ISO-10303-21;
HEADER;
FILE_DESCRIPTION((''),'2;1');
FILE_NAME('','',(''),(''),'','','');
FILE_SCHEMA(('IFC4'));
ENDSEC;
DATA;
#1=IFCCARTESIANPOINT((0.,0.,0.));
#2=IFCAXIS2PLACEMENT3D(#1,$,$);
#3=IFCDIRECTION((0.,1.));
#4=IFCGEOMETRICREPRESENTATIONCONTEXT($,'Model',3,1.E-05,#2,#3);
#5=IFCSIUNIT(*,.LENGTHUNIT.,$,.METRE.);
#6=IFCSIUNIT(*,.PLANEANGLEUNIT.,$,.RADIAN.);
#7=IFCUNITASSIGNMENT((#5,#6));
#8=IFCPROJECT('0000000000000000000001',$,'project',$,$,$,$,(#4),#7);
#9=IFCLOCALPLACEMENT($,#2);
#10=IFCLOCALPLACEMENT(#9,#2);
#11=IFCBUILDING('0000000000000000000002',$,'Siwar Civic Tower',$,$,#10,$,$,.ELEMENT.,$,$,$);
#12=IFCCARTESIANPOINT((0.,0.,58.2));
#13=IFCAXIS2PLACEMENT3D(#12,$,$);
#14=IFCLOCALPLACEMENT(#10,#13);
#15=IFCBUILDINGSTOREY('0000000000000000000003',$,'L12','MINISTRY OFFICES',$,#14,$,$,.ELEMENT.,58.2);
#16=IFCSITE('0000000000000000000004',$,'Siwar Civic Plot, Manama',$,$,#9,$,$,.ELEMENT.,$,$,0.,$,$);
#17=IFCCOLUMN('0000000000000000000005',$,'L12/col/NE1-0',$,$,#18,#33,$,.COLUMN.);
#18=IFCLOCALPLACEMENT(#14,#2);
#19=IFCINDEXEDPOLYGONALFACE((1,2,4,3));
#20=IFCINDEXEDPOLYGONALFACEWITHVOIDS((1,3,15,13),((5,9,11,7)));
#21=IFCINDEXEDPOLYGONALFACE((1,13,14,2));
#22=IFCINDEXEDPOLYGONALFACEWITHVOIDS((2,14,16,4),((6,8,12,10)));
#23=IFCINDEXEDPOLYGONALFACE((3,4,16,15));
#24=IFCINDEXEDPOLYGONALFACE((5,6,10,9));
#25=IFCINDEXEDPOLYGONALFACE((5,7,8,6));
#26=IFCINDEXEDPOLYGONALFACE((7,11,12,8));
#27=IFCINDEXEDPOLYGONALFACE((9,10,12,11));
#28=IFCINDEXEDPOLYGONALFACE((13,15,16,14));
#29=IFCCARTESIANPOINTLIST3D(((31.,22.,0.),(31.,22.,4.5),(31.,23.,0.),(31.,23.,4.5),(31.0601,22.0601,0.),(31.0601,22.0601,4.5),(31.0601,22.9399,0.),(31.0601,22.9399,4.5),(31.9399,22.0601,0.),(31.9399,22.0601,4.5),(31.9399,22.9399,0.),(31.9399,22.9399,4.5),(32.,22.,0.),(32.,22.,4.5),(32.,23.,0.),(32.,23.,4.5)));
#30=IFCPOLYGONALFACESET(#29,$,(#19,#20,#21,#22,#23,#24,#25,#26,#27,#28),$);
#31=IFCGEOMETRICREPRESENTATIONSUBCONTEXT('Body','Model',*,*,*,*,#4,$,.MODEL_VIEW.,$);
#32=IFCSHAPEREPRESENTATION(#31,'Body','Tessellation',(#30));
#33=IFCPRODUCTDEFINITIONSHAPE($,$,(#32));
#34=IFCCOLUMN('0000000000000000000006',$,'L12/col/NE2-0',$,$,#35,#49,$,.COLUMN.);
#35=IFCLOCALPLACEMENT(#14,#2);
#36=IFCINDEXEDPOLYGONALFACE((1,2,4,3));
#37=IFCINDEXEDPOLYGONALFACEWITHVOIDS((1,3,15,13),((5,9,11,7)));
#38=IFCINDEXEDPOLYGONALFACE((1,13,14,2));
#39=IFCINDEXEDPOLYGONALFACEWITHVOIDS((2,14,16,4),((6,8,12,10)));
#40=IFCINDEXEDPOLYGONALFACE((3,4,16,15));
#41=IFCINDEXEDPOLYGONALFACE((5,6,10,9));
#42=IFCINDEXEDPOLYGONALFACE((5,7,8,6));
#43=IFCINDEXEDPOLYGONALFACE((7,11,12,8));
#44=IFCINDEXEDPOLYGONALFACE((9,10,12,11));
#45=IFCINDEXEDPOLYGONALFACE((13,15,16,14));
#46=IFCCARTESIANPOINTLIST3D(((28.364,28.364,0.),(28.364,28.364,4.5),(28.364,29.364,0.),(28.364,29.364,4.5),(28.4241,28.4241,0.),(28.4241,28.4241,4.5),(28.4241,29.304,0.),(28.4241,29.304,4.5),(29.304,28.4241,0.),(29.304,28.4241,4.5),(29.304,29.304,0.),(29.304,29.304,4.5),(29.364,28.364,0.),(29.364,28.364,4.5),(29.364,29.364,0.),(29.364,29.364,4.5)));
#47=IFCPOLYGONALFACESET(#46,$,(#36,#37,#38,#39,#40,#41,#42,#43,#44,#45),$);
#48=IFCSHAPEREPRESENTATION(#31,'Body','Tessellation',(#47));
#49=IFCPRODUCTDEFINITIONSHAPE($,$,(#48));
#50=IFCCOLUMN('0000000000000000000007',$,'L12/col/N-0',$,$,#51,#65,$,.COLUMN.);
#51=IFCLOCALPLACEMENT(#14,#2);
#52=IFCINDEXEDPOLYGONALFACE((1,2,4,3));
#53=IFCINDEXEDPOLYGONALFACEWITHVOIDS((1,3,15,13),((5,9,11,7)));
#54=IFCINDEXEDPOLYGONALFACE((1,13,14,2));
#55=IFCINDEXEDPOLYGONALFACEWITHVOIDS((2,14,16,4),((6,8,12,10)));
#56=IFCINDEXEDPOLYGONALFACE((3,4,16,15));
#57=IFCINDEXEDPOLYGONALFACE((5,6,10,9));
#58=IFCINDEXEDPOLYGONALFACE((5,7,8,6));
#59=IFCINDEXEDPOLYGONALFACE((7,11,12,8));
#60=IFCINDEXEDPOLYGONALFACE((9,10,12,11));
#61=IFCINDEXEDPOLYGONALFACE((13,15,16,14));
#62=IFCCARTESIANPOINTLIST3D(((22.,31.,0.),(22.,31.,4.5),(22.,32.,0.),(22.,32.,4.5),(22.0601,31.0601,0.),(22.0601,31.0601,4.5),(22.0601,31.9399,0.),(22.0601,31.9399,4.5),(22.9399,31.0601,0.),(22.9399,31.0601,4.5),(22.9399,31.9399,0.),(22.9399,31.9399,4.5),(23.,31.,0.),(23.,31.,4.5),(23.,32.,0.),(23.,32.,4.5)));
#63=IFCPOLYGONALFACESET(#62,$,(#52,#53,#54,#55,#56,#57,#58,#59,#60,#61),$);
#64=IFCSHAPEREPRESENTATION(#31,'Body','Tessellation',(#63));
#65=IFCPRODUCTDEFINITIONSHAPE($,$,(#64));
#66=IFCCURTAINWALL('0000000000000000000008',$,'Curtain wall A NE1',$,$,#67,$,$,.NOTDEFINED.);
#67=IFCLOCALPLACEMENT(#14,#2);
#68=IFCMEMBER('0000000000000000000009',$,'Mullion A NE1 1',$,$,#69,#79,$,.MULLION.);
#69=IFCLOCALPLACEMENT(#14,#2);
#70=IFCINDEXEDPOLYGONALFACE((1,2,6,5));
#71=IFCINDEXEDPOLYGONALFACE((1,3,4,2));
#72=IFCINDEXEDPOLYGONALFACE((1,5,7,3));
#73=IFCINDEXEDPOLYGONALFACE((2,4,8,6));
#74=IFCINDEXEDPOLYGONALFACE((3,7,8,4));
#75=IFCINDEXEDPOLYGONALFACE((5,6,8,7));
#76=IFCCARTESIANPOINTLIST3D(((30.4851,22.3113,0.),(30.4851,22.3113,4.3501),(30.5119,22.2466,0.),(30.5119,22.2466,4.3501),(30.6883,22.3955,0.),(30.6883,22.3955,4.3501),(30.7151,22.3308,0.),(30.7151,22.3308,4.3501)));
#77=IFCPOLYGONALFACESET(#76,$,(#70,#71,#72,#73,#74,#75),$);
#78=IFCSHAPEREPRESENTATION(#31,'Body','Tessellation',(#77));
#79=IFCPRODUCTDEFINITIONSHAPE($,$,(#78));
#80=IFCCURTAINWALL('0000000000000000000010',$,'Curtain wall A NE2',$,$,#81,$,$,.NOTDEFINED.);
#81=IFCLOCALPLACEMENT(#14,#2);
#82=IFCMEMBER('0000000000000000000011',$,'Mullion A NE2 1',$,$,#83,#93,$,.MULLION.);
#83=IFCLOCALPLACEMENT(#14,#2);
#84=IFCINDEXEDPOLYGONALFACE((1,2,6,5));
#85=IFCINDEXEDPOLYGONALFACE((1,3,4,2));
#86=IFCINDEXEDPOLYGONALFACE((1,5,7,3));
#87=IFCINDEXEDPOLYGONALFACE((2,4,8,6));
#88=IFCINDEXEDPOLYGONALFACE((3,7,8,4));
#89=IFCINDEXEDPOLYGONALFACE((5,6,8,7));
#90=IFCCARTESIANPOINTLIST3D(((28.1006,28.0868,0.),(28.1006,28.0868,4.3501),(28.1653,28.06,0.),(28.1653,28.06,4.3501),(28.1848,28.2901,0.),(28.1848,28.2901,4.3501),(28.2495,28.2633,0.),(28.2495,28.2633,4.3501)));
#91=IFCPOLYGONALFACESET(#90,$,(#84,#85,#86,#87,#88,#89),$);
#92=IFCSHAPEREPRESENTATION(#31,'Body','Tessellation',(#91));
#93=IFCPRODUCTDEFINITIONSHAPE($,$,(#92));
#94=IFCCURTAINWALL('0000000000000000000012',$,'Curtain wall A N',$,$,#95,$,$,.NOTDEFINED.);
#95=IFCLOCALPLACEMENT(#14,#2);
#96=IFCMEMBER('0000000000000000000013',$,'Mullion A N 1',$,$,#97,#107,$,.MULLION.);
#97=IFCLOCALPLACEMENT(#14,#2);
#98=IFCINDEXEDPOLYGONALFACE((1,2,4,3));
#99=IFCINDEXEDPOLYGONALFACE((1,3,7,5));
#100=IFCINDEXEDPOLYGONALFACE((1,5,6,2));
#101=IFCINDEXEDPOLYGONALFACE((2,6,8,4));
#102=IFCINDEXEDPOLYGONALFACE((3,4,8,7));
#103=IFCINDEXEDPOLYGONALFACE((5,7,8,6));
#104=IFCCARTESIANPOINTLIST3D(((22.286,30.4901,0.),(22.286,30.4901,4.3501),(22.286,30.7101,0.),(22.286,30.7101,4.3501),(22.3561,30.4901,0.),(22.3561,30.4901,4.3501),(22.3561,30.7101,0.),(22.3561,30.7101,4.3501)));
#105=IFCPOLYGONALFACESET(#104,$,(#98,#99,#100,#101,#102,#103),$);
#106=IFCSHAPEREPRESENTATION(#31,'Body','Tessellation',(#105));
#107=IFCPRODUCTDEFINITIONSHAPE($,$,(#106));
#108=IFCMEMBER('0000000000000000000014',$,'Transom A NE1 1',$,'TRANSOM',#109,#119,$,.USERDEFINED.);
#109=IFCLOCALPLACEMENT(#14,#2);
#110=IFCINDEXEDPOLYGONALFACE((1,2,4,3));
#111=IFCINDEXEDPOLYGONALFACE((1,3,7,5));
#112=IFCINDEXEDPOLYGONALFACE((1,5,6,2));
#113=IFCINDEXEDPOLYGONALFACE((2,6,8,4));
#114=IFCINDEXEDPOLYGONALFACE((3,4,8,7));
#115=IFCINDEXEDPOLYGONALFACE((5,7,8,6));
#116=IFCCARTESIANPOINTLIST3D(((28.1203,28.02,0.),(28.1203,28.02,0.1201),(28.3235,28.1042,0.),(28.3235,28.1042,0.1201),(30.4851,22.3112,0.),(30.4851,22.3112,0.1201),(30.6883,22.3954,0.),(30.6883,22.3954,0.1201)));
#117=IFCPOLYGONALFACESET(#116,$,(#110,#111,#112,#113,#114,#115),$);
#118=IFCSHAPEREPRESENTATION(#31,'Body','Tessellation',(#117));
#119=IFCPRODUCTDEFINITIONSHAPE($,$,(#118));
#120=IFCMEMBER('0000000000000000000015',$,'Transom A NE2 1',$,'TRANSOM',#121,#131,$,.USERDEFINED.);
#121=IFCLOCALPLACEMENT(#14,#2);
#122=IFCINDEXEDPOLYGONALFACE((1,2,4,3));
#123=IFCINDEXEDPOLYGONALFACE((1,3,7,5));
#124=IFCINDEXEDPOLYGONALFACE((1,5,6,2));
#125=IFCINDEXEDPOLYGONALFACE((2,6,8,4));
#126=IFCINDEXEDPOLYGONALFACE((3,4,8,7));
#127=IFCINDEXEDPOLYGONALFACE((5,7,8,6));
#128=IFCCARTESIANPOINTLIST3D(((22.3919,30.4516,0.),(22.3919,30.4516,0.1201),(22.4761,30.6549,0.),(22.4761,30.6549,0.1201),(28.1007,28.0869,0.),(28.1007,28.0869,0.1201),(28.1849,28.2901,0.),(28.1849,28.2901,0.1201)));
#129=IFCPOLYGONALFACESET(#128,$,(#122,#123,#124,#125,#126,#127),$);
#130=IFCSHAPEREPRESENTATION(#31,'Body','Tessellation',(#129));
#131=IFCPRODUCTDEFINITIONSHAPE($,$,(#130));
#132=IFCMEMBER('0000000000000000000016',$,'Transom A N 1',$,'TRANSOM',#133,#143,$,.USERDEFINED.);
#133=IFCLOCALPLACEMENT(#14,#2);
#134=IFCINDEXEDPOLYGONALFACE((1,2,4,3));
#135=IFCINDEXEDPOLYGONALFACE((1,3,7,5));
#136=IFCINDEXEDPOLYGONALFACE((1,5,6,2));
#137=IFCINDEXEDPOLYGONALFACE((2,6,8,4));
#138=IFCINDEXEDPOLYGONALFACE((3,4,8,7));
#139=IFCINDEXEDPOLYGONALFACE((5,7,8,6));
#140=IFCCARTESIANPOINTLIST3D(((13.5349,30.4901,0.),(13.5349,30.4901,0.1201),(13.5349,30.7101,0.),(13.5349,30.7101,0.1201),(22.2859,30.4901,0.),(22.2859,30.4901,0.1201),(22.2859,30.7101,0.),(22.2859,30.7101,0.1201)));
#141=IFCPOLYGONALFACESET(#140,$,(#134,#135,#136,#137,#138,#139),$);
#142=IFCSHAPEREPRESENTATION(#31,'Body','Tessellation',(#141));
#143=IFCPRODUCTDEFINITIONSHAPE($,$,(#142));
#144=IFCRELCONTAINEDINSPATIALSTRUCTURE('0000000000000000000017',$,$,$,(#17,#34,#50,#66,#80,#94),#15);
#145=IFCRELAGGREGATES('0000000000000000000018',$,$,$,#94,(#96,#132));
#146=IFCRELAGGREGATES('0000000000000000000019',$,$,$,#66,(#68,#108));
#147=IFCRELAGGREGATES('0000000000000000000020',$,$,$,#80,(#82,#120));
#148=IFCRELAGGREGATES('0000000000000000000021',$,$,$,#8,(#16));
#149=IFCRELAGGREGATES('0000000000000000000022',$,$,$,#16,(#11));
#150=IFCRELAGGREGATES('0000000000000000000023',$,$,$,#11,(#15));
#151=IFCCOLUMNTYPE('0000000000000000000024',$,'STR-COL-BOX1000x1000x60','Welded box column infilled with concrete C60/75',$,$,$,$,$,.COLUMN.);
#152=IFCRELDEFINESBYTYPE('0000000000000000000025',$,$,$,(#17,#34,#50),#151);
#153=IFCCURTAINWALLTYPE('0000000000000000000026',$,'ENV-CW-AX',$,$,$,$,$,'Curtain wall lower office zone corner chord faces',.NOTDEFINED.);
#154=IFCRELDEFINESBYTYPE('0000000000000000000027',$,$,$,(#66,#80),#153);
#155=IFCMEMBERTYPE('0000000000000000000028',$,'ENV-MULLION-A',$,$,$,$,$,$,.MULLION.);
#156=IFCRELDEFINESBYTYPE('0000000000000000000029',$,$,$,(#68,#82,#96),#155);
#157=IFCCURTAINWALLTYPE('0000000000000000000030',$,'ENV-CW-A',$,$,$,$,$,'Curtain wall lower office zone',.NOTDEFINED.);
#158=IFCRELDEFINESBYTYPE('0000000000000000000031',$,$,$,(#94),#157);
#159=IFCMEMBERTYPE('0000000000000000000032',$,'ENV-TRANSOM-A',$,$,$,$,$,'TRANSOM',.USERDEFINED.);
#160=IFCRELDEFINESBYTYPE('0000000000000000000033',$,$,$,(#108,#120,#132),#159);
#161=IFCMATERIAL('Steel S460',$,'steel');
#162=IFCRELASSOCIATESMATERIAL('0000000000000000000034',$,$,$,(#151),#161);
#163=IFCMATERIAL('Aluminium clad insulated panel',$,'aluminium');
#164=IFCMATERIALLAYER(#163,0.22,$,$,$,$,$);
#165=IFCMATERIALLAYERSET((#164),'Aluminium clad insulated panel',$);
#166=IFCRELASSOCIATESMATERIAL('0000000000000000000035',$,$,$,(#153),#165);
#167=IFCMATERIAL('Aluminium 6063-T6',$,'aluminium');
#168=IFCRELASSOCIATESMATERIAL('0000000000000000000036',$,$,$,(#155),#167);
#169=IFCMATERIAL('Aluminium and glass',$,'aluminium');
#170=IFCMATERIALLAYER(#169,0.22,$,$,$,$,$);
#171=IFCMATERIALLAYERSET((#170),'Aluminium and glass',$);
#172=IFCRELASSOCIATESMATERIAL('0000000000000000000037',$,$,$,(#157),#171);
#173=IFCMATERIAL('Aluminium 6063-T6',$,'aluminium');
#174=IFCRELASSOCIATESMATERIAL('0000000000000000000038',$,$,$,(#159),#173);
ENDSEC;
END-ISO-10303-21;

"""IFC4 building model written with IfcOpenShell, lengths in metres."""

from ifc_helpers import new_model, si_unit, direction, frame, origin, origin_2d, place, context, subcontext, project, spatial, rectangle, hollow_rectangle, extrude, material, layer, layer_set, material_profile, profile_set, type_object, element, aggregate, save


model = new_model("IFC4")

# Units and contexts
model_context = context("Model", 3, precision=1e-05, world=origin(), true_north=direction((0.0, 1.0)))
body_context = subcontext(model_context, "Body", "Model", "MODEL_VIEW")
ifc_project = project(units=[si_unit("LENGTHUNIT", "METRE"), si_unit("PLANEANGLEUNIT", "RADIAN")], contexts=[model_context])

# Site, building, storey
site_placement = place(None, origin())
site = spatial("IfcSite", under=ifc_project, at=site_placement, Name="Siwar Civic Plot, Manama", CompositionType="ELEMENT", RefElevation=0.0)
building_placement = place(site_placement, origin())
building = spatial("IfcBuilding", under=site, at=building_placement, Name="Siwar Civic Tower", CompositionType="ELEMENT")
storey_placement = place(building_placement, frame((0.0, 0.0, 58.2)))
storey = spatial("IfcBuildingStorey", under=building, at=storey_placement, Name="L12", Description="MINISTRY OFFICES", CompositionType="ELEMENT", Elevation=58.2)

# Columns
ifc_material_1 = material(Name="Steel S460", Category="steel")
ifc_material_profile_1 = material_profile(ifc_material_1, hollow_rectangle(XDim=1.0, YDim=1.0, WallThickness=0.0601, at=origin_2d()), Name="BOX1000x1000x60")
ifc_profile_set_1 = profile_set([ifc_material_profile_1], Name="Steel S460")
column_type = type_object("IfcColumnType", Name="STR-COL-BOX1000x1000x60", Description="Welded box column infilled with concrete C60/75", PredefinedType="COLUMN", material=ifc_profile_set_1)
for number, where, z_axis, x_axis, name in (
    (1, (31.5, 22.5, 0.0), (0.0, 0.0, 1.0), (1.0, 0.0, 0.0), "L12/col/NE1-0"),
    (2, (28.864, 28.864, 0.0), (0.0, 0.0, 1.0), (1.0, 0.0, 0.0), "L12/col/NE2-0"),
    (3, (22.5, 31.5, 0.0), (0.0, 0.0, 1.0), (1.0, 0.0, 0.0), "L12/col/N-0"),
):
    element("IfcColumn", number, at=place(storey_placement, frame(where, z_axis=z_axis, x_axis=x_axis)), inside=storey, type_object=column_type, Name=name, PredefinedType="COLUMN", context=body_context, shape_type="SweptSolid", body=[
        extrude(hollow_rectangle(XDim=1.0, YDim=1.0, WallThickness=0.0601, at=origin_2d()), origin(), (0.0, 0.0, 1.0), 4.5),
    ])

# Curtain walls, members
ifc_material_2 = material(Name="Aluminium clad insulated panel", Category="aluminium")
ifc_layer_1 = layer(ifc_material_2, 0.22)
ifc_layer_set_1 = layer_set([ifc_layer_1], Name="Aluminium clad insulated panel")
curtain_wall_type_1 = type_object("IfcCurtainWallType", Name="ENV-CW-AX", ElementType="Curtain wall lower office zone corner chord faces", PredefinedType="NOTDEFINED", material=ifc_layer_set_1)
curtain_wall_1_placement = place(storey_placement, origin())
curtain_wall_1 = element("IfcCurtainWall", 4, at=curtain_wall_1_placement, inside=storey, type_object=curtain_wall_type_1, Name="Curtain wall A NE1", PredefinedType="NOTDEFINED")
ifc_material_3 = material(Name="Aluminium 6063-T6", Category="aluminium")
ifc_material_profile_2 = material_profile(ifc_material_3, rectangle(XDim=0.22, YDim=0.0701, at=origin_2d()), Name="AL 220x70")
ifc_profile_set_2 = profile_set([ifc_material_profile_2], Name="Aluminium 6063-T6")
member_type_1 = type_object("IfcMemberType", Name="ENV-MULLION-A", PredefinedType="MULLION", material=ifc_profile_set_2)
member_1_placement = place(storey_placement, frame((30.6001, 22.321, 0.0), z_axis=(0.0, 0.0, 1.0), x_axis=(-0.92388, -0.382683, 0.0)))
member_1 = element("IfcMember", 5, at=member_1_placement, type_object=member_type_1, Name="Mullion A NE1 1", PredefinedType="MULLION", context=body_context, shape_type="SweptSolid", body=[
    extrude(rectangle(XDim=0.22, YDim=0.0701, at=origin_2d()), origin(), (0.0, 0.0, 1.0), 4.3501),
])
curtain_wall_2_placement = place(storey_placement, origin())
curtain_wall_2 = element("IfcCurtainWall", 6, at=curtain_wall_2_placement, inside=storey, type_object=curtain_wall_type_1, Name="Curtain wall A NE2", PredefinedType="NOTDEFINED")
member_2_placement = place(storey_placement, frame((28.175, 28.175, 0.0), z_axis=(0.0, 0.0, 1.0), x_axis=(-0.382683, -0.92388, 0.0)))
member_2 = element("IfcMember", 7, at=member_2_placement, type_object=member_type_1, Name="Mullion A NE2 1", PredefinedType="MULLION", context=body_context, shape_type="SweptSolid", body=[
    extrude(rectangle(XDim=0.22, YDim=0.0701, at=origin_2d()), origin(), (0.0, 0.0, 1.0), 4.3501),
])
ifc_material_4 = material(Name="Aluminium and glass", Category="aluminium")
ifc_layer_2 = layer(ifc_material_4, 0.22)
ifc_layer_set_2 = layer_set([ifc_layer_2], Name="Aluminium and glass")
curtain_wall_type_2 = type_object("IfcCurtainWallType", Name="ENV-CW-A", ElementType="Curtain wall lower office zone", PredefinedType="NOTDEFINED", material=ifc_layer_set_2)
curtain_wall_3_placement = place(storey_placement, origin())
curtain_wall_3 = element("IfcCurtainWall", 8, at=curtain_wall_3_placement, inside=storey, type_object=curtain_wall_type_2, Name="Curtain wall A N", PredefinedType="NOTDEFINED")
member_3_placement = place(storey_placement, frame((22.321, 30.6001, 0.0), z_axis=(0.0, 0.0, 1.0), x_axis=(0.0, -1.0, 0.0)))
member_3 = element("IfcMember", 9, at=member_3_placement, type_object=member_type_1, Name="Mullion A N 1", PredefinedType="MULLION", context=body_context, shape_type="SweptSolid", body=[
    extrude(rectangle(XDim=0.22, YDim=0.0701, at=origin_2d()), origin(), (0.0, 0.0, 1.0), 4.3501),
])

# Members
ifc_material_5 = material(Name="Aluminium 6063-T6", Category="aluminium")
ifc_material_profile_3 = material_profile(ifc_material_5, rectangle(XDim=0.22, YDim=0.1201, at=origin_2d()), Name="AL 220x120")
ifc_profile_set_3 = profile_set([ifc_material_profile_3], Name="Aluminium 6063-T6")
member_type_2 = type_object("IfcMemberType", Name="ENV-TRANSOM-A", ElementType="TRANSOM", PredefinedType="USERDEFINED", material=ifc_profile_set_3)
member_4_placement = place(storey_placement, frame((30.5867, 22.3533, 0.0601), z_axis=(-0.382698, 0.923873, 0.0), x_axis=(-0.923873, -0.382698, 0.0)))
member_4 = element("IfcMember", 10, at=member_4_placement, type_object=member_type_2, Name="Transom A NE1 1", ObjectType="TRANSOM", PredefinedType="USERDEFINED", context=body_context, shape_type="SweptSolid", body=[
    extrude(rectangle(XDim=0.22, YDim=0.1201, at=origin_2d()), origin(), (0.0, 0.0, 1.0), 6.1792),
])
member_5_placement = place(storey_placement, frame((28.1428, 28.1885, 0.0601), z_axis=(-0.923873, 0.382698, 0.0), x_axis=(-0.382698, -0.923873, 0.0)))
member_5 = element("IfcMember", 11, at=member_5_placement, type_object=member_type_2, Name="Transom A NE2 1", ObjectType="TRANSOM", PredefinedType="USERDEFINED", context=body_context, shape_type="SweptSolid", body=[
    extrude(rectangle(XDim=0.22, YDim=0.1201, at=origin_2d()), origin(), (0.0, 0.0, 1.0), 6.1792),
])
member_6_placement = place(storey_placement, frame((22.2859, 30.6001, 0.0601), z_axis=(-1.0, 0.0, 0.0), x_axis=(0.0, -1.0, 0.0)))
member_6 = element("IfcMember", 12, at=member_6_placement, type_object=member_type_2, Name="Transom A N 1", ObjectType="TRANSOM", PredefinedType="USERDEFINED", context=body_context, shape_type="SweptSolid", body=[
    extrude(rectangle(XDim=0.22, YDim=0.1201, at=origin_2d()), origin(), (0.0, 0.0, 1.0), 8.751),
])

aggregate(curtain_wall_3, [member_3, member_6])
aggregate(curtain_wall_1, [member_1, member_4])
aggregate(curtain_wall_2, [member_2, member_5])

save(model, "model.ifc")
